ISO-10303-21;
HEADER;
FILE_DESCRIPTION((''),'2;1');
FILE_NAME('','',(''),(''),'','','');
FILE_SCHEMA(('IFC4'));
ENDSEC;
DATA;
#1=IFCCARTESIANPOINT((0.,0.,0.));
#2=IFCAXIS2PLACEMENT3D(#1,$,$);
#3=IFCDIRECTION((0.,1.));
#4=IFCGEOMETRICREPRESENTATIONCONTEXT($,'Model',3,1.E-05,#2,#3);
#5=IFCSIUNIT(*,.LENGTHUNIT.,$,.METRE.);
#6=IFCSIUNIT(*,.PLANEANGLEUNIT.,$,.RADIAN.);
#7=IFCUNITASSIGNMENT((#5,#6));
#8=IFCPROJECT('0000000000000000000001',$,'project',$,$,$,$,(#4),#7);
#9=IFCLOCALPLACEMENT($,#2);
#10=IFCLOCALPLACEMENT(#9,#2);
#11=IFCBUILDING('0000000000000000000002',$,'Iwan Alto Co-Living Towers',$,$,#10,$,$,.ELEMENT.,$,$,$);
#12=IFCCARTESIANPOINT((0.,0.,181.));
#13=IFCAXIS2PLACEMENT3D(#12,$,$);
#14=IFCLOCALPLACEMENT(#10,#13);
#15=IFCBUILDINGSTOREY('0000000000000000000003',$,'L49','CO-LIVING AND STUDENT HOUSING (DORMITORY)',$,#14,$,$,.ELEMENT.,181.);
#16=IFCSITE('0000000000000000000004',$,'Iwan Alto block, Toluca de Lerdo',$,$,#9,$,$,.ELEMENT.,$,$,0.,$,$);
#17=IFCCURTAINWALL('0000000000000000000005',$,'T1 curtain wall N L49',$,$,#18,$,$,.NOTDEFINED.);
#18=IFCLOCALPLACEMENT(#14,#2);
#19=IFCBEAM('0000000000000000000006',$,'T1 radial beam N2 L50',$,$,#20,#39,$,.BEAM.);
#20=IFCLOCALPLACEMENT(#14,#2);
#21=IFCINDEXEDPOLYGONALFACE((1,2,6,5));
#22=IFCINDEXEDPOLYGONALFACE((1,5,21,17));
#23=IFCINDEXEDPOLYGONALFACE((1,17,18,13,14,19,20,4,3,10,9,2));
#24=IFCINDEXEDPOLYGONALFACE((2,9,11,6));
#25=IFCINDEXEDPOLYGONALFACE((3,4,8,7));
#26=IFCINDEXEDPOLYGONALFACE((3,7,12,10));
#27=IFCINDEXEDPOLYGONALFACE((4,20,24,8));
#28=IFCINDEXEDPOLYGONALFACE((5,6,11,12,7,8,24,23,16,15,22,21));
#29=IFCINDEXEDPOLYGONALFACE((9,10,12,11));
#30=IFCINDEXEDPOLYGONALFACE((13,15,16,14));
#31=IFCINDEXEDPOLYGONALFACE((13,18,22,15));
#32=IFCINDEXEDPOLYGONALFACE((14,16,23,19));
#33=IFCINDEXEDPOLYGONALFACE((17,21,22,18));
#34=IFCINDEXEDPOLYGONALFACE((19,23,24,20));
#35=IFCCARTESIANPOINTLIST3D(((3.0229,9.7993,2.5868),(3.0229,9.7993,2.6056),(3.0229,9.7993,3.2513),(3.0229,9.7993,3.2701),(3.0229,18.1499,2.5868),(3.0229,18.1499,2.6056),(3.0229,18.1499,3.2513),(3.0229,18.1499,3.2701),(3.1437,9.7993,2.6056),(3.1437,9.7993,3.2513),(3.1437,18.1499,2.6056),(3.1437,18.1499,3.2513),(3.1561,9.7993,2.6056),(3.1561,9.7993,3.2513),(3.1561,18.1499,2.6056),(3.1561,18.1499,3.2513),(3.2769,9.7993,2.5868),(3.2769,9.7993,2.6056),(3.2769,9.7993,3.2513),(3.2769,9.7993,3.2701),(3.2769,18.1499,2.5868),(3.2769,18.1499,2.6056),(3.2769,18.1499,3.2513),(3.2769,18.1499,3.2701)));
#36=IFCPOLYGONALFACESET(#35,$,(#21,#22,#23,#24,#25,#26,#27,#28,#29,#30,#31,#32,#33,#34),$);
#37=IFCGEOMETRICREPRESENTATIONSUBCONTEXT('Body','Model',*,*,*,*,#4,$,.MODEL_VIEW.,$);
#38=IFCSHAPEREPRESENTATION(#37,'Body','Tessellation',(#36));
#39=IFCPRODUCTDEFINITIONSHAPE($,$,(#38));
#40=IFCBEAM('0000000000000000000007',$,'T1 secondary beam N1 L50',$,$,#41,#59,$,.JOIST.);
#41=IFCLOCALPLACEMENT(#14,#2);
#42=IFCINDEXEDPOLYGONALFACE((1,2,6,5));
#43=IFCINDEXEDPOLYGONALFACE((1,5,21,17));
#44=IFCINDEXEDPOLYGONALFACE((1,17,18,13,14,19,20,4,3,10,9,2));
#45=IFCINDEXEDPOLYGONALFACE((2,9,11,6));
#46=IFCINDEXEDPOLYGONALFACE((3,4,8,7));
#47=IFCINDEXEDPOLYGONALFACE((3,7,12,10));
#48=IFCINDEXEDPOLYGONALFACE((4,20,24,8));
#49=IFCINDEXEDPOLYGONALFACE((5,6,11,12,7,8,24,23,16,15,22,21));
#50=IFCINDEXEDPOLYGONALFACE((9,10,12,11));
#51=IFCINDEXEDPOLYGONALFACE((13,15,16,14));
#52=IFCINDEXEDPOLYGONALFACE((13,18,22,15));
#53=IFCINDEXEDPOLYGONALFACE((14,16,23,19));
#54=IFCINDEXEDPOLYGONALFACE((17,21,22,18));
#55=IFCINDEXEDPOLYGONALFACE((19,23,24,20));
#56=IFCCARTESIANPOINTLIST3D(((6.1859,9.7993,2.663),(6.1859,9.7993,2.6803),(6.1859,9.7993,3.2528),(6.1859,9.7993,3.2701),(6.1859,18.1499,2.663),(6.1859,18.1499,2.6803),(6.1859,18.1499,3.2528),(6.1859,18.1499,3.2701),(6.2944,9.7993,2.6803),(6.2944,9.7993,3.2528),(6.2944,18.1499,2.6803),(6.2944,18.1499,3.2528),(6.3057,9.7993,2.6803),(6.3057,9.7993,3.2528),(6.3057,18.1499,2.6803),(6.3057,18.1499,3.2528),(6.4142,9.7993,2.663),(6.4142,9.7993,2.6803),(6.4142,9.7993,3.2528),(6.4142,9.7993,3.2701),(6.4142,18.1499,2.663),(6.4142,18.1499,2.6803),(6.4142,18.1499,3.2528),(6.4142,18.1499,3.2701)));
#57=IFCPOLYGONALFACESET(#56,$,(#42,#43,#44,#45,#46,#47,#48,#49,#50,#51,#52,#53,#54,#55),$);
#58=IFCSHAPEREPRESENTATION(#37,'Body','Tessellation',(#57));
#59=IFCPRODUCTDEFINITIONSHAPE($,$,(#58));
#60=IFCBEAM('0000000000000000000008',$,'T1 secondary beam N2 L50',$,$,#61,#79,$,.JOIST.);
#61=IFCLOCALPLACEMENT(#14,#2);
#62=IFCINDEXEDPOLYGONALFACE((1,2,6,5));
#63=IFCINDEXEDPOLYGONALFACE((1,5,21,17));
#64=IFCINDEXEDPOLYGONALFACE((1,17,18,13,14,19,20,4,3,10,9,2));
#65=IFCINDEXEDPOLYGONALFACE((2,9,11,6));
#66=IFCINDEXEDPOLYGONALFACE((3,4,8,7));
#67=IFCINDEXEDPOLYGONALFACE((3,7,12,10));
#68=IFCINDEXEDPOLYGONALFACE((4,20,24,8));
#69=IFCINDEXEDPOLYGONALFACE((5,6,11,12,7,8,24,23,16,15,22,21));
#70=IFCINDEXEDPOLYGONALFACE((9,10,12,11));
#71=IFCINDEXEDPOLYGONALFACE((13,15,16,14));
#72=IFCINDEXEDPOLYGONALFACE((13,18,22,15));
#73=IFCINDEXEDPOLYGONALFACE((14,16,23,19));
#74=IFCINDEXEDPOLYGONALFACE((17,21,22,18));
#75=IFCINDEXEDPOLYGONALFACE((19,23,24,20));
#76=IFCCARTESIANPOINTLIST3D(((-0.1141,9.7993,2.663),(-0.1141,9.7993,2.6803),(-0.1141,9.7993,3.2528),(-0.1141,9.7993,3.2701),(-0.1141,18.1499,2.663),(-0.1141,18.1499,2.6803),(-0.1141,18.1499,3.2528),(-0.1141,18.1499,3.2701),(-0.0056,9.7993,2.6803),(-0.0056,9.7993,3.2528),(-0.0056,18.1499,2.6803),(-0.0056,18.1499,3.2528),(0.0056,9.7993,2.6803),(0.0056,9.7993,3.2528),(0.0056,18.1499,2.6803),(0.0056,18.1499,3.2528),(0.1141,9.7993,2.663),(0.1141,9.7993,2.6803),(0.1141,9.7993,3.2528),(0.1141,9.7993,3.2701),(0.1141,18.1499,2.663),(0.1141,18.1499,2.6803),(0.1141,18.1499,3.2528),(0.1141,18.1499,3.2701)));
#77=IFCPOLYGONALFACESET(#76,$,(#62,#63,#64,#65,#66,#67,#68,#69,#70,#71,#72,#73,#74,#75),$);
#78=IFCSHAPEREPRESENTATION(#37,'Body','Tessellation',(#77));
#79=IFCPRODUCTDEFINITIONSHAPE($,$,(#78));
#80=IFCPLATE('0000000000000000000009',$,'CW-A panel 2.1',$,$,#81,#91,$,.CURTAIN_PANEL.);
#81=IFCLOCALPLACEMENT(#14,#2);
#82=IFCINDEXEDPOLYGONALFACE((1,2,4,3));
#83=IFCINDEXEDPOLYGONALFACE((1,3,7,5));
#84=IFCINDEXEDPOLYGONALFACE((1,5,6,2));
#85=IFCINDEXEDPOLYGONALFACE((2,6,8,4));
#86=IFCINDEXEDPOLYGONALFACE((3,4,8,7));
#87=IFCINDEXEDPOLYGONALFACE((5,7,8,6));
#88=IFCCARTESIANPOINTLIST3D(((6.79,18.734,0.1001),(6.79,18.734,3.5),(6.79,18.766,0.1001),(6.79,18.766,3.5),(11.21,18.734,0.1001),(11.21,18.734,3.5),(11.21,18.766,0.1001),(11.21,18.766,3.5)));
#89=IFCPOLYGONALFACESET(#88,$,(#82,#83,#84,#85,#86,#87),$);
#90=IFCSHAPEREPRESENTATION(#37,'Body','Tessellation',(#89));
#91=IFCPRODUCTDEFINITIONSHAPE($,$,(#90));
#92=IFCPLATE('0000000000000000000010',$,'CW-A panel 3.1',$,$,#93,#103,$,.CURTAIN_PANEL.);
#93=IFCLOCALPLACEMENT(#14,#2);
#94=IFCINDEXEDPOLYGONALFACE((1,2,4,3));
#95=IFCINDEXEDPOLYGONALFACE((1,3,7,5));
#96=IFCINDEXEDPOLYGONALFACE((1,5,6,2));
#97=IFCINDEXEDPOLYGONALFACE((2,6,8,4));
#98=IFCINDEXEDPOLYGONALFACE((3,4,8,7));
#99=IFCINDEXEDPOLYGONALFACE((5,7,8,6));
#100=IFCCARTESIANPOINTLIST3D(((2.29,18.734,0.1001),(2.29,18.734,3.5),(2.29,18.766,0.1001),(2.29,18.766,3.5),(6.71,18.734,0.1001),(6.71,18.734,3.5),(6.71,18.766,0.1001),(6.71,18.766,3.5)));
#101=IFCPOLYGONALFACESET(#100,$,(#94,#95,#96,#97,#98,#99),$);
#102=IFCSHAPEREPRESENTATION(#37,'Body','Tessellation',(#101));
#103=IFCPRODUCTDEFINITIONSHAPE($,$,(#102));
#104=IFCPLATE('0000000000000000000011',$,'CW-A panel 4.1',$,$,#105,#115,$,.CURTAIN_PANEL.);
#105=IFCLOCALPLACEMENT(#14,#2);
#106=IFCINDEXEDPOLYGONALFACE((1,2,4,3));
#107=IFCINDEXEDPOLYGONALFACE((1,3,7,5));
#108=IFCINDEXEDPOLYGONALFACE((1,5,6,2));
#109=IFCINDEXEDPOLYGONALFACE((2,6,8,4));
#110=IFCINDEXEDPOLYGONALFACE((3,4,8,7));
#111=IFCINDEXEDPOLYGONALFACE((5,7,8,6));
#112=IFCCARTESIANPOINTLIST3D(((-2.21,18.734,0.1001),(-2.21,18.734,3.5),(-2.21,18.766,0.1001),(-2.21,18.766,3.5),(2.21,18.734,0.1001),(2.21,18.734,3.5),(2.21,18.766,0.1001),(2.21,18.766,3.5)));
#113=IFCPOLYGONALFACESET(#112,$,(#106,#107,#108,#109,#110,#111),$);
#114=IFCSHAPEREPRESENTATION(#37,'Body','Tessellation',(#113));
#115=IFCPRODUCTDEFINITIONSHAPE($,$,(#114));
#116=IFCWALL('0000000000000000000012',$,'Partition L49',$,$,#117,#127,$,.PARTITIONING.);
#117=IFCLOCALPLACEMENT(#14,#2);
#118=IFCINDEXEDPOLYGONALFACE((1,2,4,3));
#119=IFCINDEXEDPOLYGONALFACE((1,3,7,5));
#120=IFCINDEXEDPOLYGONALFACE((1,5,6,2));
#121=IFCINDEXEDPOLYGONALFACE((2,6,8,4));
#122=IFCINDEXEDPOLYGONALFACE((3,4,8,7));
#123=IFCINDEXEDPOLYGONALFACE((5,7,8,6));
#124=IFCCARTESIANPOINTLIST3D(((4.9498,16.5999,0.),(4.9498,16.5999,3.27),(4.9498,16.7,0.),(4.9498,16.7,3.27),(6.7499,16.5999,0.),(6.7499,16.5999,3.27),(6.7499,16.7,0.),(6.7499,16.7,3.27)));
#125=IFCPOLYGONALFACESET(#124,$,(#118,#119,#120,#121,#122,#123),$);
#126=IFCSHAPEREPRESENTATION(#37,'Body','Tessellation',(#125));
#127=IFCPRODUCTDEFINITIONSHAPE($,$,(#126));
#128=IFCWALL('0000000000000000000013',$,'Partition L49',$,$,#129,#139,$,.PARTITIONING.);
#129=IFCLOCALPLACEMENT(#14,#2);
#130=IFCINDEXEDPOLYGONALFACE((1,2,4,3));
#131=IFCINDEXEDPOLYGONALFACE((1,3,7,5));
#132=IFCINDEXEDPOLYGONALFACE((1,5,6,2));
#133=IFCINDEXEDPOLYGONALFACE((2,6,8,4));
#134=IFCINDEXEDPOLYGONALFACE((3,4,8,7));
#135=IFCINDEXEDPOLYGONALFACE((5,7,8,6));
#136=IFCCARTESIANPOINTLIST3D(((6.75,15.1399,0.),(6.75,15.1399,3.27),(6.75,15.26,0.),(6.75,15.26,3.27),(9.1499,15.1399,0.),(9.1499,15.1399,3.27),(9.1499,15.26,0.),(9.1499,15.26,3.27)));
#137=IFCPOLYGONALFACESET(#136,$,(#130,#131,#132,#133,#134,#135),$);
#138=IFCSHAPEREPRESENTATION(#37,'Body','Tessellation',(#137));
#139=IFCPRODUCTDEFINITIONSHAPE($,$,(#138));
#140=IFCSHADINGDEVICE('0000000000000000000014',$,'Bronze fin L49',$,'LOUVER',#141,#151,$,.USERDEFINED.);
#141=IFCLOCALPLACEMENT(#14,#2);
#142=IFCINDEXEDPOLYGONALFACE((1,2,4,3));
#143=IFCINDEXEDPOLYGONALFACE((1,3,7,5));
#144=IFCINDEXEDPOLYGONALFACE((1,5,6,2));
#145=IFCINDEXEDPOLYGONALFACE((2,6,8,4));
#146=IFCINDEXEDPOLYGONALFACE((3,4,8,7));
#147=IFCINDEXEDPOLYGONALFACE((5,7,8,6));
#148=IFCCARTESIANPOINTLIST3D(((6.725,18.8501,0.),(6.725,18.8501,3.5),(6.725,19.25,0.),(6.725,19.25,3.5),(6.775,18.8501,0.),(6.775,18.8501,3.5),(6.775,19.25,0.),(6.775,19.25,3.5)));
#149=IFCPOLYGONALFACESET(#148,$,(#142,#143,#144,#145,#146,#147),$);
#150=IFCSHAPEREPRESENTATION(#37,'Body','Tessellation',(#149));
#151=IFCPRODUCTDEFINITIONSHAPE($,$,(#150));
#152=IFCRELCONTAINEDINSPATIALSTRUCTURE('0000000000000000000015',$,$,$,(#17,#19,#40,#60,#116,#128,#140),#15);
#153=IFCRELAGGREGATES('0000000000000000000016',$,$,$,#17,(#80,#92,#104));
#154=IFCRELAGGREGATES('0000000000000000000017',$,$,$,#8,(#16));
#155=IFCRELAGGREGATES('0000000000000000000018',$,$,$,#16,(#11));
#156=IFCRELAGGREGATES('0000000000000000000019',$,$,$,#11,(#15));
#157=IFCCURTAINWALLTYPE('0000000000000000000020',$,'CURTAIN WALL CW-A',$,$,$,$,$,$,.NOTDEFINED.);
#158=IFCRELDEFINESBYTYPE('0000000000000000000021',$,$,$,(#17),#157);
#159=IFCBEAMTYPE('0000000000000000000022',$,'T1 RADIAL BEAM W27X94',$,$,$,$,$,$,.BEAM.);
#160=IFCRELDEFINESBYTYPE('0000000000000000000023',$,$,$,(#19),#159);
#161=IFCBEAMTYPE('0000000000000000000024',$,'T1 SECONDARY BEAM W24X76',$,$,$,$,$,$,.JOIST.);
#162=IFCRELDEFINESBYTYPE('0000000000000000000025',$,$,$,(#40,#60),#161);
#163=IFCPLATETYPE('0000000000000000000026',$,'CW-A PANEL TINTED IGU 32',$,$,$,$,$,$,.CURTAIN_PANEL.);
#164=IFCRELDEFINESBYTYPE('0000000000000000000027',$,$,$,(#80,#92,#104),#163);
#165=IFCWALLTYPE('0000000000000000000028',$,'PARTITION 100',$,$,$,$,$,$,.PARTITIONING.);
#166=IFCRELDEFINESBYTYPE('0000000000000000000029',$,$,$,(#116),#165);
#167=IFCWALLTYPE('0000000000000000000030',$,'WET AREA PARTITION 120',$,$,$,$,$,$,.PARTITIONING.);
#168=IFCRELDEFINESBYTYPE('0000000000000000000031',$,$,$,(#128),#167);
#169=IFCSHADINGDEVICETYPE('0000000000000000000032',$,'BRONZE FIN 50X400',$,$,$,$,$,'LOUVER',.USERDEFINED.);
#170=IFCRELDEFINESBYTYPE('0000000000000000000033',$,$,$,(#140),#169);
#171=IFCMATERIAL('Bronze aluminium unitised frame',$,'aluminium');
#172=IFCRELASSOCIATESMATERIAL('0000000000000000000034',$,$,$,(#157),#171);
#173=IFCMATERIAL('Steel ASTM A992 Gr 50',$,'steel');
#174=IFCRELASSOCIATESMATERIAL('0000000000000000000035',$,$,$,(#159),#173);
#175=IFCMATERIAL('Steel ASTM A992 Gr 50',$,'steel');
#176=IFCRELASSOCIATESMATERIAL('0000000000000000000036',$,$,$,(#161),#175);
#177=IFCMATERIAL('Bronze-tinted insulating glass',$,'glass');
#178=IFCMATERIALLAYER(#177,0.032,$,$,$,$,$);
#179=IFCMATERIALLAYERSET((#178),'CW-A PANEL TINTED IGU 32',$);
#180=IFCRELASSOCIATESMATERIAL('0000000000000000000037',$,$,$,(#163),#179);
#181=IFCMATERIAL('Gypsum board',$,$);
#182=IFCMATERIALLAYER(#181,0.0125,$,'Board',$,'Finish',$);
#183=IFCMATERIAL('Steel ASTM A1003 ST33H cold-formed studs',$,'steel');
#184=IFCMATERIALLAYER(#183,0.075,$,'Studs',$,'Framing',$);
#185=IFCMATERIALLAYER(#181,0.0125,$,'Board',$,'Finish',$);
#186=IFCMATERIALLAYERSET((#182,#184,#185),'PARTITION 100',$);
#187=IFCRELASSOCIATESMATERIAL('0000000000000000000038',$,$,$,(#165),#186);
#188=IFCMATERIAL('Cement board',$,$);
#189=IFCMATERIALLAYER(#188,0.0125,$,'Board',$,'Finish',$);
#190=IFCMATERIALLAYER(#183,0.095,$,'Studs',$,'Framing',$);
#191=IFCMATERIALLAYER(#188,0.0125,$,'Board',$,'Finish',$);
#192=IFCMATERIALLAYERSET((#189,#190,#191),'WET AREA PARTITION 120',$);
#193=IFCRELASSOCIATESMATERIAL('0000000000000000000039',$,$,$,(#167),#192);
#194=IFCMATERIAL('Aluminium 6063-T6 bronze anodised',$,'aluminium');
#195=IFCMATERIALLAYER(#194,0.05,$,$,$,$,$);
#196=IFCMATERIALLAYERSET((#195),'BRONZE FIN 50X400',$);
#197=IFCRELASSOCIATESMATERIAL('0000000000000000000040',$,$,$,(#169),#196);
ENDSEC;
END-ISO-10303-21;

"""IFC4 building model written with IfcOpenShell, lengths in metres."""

from ifc_helpers import new_model, si_unit, direction, frame, frame_2d, origin, origin_2d, place, context, subcontext, project, spatial, rectangle, i_section, extrude, material, layer, layer_set, material_profile, profile_set, type_object, element, aggregate, save


model = new_model("IFC4")

# Units and contexts
model_context = context("Model", 3, precision=1e-05, world=origin(), true_north=direction((0.0, 1.0)))
body_context = subcontext(model_context, "Body", "Model", "MODEL_VIEW")
ifc_project = project(units=[si_unit("LENGTHUNIT", "METRE"), si_unit("PLANEANGLEUNIT", "RADIAN")], contexts=[model_context])

# Site, building, storey
site_placement = place(None, origin())
site = spatial("IfcSite", under=ifc_project, at=site_placement, Name="Iwan Alto block, Toluca de Lerdo", CompositionType="ELEMENT", RefElevation=0.0)
building_placement = place(site_placement, origin())
building = spatial("IfcBuilding", under=site, at=building_placement, Name="Iwan Alto Co-Living Towers", CompositionType="ELEMENT")
storey_placement = place(building_placement, frame((0.0, 0.0, 181.0)))
storey = spatial("IfcBuildingStorey", under=building, at=storey_placement, Name="L49", Description="CO-LIVING AND STUDENT HOUSING (DORMITORY)", CompositionType="ELEMENT", Elevation=181.0)

# Curtain wall
ifc_material_1 = material(Name="Bronze aluminium unitised frame", Category="aluminium")
curtain_wall_type = type_object("IfcCurtainWallType", Name="CURTAIN WALL CW-A", PredefinedType="NOTDEFINED", material=ifc_material_1)
curtain_wall_placement = place(storey_placement, origin())
curtain_wall = element("IfcCurtainWall", 1, at=curtain_wall_placement, inside=storey, type_object=curtain_wall_type, Name="T1 curtain wall N L49", PredefinedType="NOTDEFINED")

# Beams
ifc_material_2 = material(Name="Steel ASTM A992 Gr 50", Category="steel")
ifc_material_profile_1 = material_profile(ifc_material_2, i_section(OverallWidth=0.2539, OverallDepth=0.6833, WebThickness=0.0125, FlangeThickness=0.0188, at=origin_2d()), Name="W27X94")
ifc_profile_set_1 = profile_set([ifc_material_profile_1], Name="Steel ASTM A992 Gr 50")
beam_type_1 = type_object("IfcBeamType", Name="T1 RADIAL BEAM W27X94", PredefinedType="BEAM", material=ifc_profile_set_1)
for number, where, z_axis, x_axis, name in (
    (2, (3.1499, 18.1499, 2.9285), (0.0, -1.0, 0.0), (1.0, 0.0, 0.0), "T1 radial beam N2 L50"),
):
    element("IfcBeam", number, at=place(storey_placement, frame(where, z_axis=z_axis, x_axis=x_axis)), inside=storey, type_object=beam_type_1, Name=name, PredefinedType="BEAM", context=body_context, shape_type="SweptSolid", body=[
        extrude(i_section(OverallWidth=0.2539, OverallDepth=0.6833, WebThickness=0.0125, FlangeThickness=0.0188, at=origin_2d()), origin(), (0.0, 0.0, 1.0), 8.3506),
    ])
ifc_material_3 = material(Name="Steel ASTM A992 Gr 50", Category="steel")
ifc_material_profile_2 = material_profile(ifc_material_3, i_section(OverallWidth=0.2283, OverallDepth=0.6072, WebThickness=0.0112, FlangeThickness=0.0173, at=origin_2d()), Name="W24X76")
ifc_profile_set_2 = profile_set([ifc_material_profile_2], Name="Steel ASTM A992 Gr 50")
beam_type_2 = type_object("IfcBeamType", Name="T1 SECONDARY BEAM W24X76", PredefinedType="JOIST", material=ifc_profile_set_2)
for number, where, z_axis, x_axis, name in (
    (3, (6.3, 18.1499, 2.9666), (0.0, -1.0, 0.0), (1.0, 0.0, 0.0), "T1 secondary beam N1 L50"),
    (4, (0.0, 18.1499, 2.9666), (0.0, -1.0, 0.0), (1.0, 0.0, 0.0), "T1 secondary beam N2 L50"),
):
    element("IfcBeam", number, at=place(storey_placement, frame(where, z_axis=z_axis, x_axis=x_axis)), inside=storey, type_object=beam_type_2, Name=name, PredefinedType="JOIST", context=body_context, shape_type="SweptSolid", body=[
        extrude(i_section(OverallWidth=0.2283, OverallDepth=0.6072, WebThickness=0.0112, FlangeThickness=0.0173, at=origin_2d()), origin(), (0.0, 0.0, 1.0), 8.3506),
    ])

# Plates
ifc_material_4 = material(Name="Bronze-tinted insulating glass", Category="glass")
ifc_layer_1 = layer(ifc_material_4, 0.032)
ifc_layer_set_1 = layer_set([ifc_layer_1], Name="CW-A PANEL TINTED IGU 32")
plate_type = type_object("IfcPlateType", Name="CW-A PANEL TINTED IGU 32", PredefinedType="CURTAIN_PANEL", material=ifc_layer_set_1)
plate_1_placement = place(storey_placement, frame((9.0, 18.75, 0.1001), z_axis=(0.0, 0.0, 1.0), x_axis=(-1.0, 0.0, 0.0)))
plate_1 = element("IfcPlate", 5, at=plate_1_placement, type_object=plate_type, Name="CW-A panel 2.1", PredefinedType="CURTAIN_PANEL", context=body_context, shape_type="SweptSolid", body=[
    extrude(rectangle(XDim=4.4199, YDim=0.032, at=origin_2d()), origin(), (0.0, 0.0, 1.0), 3.3999),
])
plate_2_placement = place(storey_placement, frame((4.5, 18.75, 0.1001), z_axis=(0.0, 0.0, 1.0), x_axis=(-1.0, 0.0, 0.0)))
plate_2 = element("IfcPlate", 6, at=plate_2_placement, type_object=plate_type, Name="CW-A panel 3.1", PredefinedType="CURTAIN_PANEL", context=body_context, shape_type="SweptSolid", body=[
    extrude(rectangle(XDim=4.4199, YDim=0.032, at=origin_2d()), origin(), (0.0, 0.0, 1.0), 3.3999),
])
plate_3_placement = place(storey_placement, frame((0.0, 18.75, 0.1001), z_axis=(0.0, 0.0, 1.0), x_axis=(-1.0, 0.0, 0.0)))
plate_3 = element("IfcPlate", 7, at=plate_3_placement, type_object=plate_type, Name="CW-A panel 4.1", PredefinedType="CURTAIN_PANEL", context=body_context, shape_type="SweptSolid", body=[
    extrude(rectangle(XDim=4.4199, YDim=0.032, at=origin_2d()), origin(), (0.0, 0.0, 1.0), 3.3999),
])
aggregate(curtain_wall, [plate_1, plate_2, plate_3])

# Walls
ifc_material_5 = material(Name="Gypsum board")
ifc_layer_2 = layer(ifc_material_5, 0.0125, Name="Board", Category="Finish")
ifc_material_6 = material(Name="Steel ASTM A1003 ST33H cold-formed studs", Category="steel")
ifc_layer_3 = layer(ifc_material_6, 0.075, Name="Studs", Category="Framing")
ifc_layer_4 = layer(ifc_material_5, 0.0125, Name="Board", Category="Finish")
ifc_layer_set_2 = layer_set([ifc_layer_2, ifc_layer_3, ifc_layer_4], Name="PARTITION 100")
wall_type_1 = type_object("IfcWallType", Name="PARTITION 100", PredefinedType="PARTITIONING", material=ifc_layer_set_2)
wall_1_placement = place(storey_placement, frame((4.95, 16.6499, 0.0), z_axis=(0.0, 0.0, 1.0), x_axis=(1.0, 0.0, 0.0)))
element("IfcWall", 8, at=wall_1_placement, inside=storey, type_object=wall_type_1, Name="Partition L49", PredefinedType="PARTITIONING", context=body_context, shape_type="SweptSolid", body=[
    extrude(rectangle(XDim=1.8, YDim=0.1001, at=frame_2d((0.8999, 0.0))), origin(), (0.0, 0.0, 1.0), 3.27),
])
ifc_material_7 = material(Name="Cement board")
ifc_layer_5 = layer(ifc_material_7, 0.0125, Name="Board", Category="Finish")
ifc_layer_6 = layer(ifc_material_6, 0.095, Name="Studs", Category="Framing")
ifc_layer_7 = layer(ifc_material_7, 0.0125, Name="Board", Category="Finish")
ifc_layer_set_3 = layer_set([ifc_layer_5, ifc_layer_6, ifc_layer_7], Name="WET AREA PARTITION 120")
wall_type_2 = type_object("IfcWallType", Name="WET AREA PARTITION 120", PredefinedType="PARTITIONING", material=ifc_layer_set_3)
wall_2_placement = place(storey_placement, frame((6.75, 15.2, 0.0), z_axis=(0.0, 0.0, 1.0), x_axis=(1.0, 0.0, 0.0)))
element("IfcWall", 9, at=wall_2_placement, inside=storey, type_object=wall_type_2, Name="Partition L49", PredefinedType="PARTITIONING", context=body_context, shape_type="SweptSolid", body=[
    extrude(rectangle(XDim=2.3999, YDim=0.1201, at=frame_2d((1.2, 0.0))), origin(), (0.0, 0.0, 1.0), 3.27),
])

# Shading device
ifc_material_8 = material(Name="Aluminium 6063-T6 bronze anodised", Category="aluminium")
ifc_layer_8 = layer(ifc_material_8, 0.05)
ifc_layer_set_4 = layer_set([ifc_layer_8], Name="BRONZE FIN 50X400")
shading_device_type = type_object("IfcShadingDeviceType", Name="BRONZE FIN 50X400", ElementType="LOUVER", PredefinedType="USERDEFINED", material=ifc_layer_set_4)
shading_device_placement = place(storey_placement, frame((6.75, 19.05, 0.0), z_axis=(0.0, 0.0, 1.0), x_axis=(-1.0, 0.0, 0.0)))
element("IfcShadingDevice", 10, at=shading_device_placement, inside=storey, type_object=shading_device_type, Name="Bronze fin L49", ObjectType="LOUVER", PredefinedType="USERDEFINED", context=body_context, shape_type="SweptSolid", body=[
    extrude(rectangle(XDim=0.05, YDim=0.3999, at=origin_2d()), origin(), (0.0, 0.0, 1.0), 3.5),
])

save(model, "model.ifc")
